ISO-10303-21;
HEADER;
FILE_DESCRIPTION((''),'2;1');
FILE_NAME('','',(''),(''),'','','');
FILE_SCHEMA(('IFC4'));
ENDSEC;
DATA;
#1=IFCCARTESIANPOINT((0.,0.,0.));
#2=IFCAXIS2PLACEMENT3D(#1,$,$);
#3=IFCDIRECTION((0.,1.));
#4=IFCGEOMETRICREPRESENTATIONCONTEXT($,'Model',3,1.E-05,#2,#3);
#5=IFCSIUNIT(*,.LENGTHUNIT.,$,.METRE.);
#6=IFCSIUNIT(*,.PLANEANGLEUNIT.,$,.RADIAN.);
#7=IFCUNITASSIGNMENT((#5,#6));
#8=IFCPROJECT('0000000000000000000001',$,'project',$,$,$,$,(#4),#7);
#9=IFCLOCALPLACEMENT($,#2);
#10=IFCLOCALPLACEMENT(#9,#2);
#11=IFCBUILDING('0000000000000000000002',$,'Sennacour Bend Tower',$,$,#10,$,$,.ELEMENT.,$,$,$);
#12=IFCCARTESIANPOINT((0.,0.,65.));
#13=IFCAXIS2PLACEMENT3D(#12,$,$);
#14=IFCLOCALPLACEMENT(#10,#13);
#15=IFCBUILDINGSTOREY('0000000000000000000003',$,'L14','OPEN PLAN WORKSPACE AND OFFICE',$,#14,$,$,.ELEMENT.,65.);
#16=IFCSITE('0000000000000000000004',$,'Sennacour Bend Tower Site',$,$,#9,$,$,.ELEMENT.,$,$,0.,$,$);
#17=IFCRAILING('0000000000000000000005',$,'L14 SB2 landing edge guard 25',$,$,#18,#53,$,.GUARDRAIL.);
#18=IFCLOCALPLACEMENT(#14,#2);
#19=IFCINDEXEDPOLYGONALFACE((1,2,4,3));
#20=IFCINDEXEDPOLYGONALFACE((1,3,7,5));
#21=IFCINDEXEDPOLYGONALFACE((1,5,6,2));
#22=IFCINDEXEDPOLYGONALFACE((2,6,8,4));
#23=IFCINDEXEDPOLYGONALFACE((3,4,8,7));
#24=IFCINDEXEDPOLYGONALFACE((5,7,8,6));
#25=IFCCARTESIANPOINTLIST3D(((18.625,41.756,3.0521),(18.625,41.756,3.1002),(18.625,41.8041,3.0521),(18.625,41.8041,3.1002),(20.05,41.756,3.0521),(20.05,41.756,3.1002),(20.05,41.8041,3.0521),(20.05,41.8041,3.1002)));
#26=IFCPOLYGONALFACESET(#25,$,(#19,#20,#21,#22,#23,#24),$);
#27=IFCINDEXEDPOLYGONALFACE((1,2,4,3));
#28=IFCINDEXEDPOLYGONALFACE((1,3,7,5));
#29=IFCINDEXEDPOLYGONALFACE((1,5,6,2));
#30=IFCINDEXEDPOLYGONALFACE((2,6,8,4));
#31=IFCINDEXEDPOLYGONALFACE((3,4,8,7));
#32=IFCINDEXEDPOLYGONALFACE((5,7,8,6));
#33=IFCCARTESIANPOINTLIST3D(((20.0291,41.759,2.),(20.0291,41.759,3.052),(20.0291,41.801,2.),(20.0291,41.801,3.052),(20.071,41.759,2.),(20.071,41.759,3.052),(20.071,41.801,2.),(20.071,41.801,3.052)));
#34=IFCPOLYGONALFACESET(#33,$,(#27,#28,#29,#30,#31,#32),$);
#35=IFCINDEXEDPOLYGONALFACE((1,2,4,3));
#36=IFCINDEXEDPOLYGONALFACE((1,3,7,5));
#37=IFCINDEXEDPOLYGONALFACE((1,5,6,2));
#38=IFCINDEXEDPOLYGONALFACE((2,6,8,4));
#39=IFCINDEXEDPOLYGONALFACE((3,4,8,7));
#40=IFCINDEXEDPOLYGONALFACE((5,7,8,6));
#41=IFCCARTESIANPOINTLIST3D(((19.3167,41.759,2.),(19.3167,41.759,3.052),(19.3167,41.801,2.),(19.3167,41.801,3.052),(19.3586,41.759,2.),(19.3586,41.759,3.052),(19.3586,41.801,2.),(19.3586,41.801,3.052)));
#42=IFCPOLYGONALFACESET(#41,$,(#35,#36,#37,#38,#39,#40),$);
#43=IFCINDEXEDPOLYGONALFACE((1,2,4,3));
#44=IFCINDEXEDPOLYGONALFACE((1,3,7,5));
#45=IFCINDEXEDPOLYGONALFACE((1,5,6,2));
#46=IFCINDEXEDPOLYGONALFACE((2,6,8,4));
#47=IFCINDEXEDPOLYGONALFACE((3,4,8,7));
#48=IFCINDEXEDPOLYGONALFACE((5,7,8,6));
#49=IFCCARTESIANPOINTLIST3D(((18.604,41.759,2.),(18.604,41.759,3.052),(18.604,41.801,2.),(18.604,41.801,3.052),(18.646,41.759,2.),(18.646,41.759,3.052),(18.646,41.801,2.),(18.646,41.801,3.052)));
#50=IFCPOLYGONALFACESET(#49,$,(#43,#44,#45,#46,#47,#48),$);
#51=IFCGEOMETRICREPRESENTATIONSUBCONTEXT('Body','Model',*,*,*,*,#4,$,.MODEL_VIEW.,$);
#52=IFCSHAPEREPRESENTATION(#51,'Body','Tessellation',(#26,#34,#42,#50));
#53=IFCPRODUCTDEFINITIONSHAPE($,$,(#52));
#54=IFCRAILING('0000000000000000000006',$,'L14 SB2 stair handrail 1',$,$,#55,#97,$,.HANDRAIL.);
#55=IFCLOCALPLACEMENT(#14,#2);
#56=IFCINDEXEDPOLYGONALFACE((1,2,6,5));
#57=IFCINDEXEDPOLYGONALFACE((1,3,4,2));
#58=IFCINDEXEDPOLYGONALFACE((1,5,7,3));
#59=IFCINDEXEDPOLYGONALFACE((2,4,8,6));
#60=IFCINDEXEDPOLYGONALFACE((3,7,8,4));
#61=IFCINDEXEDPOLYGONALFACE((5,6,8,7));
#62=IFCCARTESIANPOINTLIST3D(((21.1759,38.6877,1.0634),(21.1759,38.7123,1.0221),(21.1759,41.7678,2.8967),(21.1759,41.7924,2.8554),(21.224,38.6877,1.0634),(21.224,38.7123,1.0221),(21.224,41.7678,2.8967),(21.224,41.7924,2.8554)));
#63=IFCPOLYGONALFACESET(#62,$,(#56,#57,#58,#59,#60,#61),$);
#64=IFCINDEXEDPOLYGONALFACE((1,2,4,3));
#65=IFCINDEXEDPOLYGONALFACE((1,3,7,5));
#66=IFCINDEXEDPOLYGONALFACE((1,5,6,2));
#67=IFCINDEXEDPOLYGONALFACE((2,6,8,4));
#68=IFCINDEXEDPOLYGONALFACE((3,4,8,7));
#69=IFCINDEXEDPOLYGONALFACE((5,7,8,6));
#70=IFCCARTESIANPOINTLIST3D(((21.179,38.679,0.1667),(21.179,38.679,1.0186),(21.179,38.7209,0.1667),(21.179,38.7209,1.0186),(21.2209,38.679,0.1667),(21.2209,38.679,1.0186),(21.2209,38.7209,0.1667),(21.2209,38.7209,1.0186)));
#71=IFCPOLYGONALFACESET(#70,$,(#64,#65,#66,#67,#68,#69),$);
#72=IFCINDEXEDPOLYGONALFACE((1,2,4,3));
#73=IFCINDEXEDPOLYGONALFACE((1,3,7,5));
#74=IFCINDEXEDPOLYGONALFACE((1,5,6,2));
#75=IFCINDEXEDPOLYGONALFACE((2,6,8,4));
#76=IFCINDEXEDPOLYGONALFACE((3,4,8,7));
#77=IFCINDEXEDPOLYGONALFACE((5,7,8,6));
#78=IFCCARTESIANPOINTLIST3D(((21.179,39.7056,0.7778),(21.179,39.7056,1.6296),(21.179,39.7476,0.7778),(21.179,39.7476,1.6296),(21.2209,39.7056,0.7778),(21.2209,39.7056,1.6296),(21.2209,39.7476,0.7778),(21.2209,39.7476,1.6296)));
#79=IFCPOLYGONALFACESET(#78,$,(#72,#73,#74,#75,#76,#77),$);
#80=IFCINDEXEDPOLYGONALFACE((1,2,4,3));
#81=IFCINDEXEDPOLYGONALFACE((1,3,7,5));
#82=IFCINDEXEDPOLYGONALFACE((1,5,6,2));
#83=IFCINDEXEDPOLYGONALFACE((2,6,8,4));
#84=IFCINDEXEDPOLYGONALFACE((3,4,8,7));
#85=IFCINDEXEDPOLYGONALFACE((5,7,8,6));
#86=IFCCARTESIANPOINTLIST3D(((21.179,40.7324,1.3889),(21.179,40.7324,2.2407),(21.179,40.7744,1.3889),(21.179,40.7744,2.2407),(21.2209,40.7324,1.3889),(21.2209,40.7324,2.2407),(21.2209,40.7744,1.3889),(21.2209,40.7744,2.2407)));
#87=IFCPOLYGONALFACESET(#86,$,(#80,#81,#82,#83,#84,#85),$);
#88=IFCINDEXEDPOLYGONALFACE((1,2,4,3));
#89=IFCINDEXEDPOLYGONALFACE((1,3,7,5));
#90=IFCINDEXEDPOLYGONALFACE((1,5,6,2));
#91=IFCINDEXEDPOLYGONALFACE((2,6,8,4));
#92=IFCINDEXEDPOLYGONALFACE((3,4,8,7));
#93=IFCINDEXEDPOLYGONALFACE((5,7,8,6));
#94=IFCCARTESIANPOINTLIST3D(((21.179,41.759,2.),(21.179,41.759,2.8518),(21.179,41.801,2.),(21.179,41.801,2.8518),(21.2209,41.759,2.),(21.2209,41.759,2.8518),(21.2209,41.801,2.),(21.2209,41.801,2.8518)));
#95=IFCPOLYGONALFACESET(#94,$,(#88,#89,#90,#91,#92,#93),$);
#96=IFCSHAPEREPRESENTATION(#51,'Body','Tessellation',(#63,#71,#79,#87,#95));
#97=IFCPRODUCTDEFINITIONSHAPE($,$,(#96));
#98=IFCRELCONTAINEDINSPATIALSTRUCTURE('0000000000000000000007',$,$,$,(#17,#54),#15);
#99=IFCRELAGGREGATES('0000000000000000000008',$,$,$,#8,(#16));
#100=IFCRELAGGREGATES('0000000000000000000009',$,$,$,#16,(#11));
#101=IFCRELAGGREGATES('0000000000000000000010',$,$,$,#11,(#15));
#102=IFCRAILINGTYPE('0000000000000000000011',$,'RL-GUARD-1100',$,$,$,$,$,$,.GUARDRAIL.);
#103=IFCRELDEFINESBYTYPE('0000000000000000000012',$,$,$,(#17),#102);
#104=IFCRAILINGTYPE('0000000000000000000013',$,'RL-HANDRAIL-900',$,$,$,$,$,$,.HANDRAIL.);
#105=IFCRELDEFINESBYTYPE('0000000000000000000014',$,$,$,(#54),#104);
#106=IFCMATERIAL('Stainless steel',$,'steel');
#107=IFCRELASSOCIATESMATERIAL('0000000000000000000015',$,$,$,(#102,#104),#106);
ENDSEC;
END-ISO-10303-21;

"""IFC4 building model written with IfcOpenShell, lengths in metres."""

from ifc_helpers import new_model, si_unit, direction, frame, origin, origin_2d, place, context, subcontext, project, spatial, rectangle, extrude, material, type_object, element, save


model = new_model("IFC4")

# Units and contexts
model_context = context("Model", 3, precision=1e-05, world=origin(), true_north=direction((0.0, 1.0)))
body_context = subcontext(model_context, "Body", "Model", "MODEL_VIEW")
ifc_project = project(units=[si_unit("LENGTHUNIT", "METRE"), si_unit("PLANEANGLEUNIT", "RADIAN")], contexts=[model_context])

# Site, building, storey
site_placement = place(None, origin())
site = spatial("IfcSite", under=ifc_project, at=site_placement, Name="Sennacour Bend Tower Site", CompositionType="ELEMENT", RefElevation=0.0)
building_placement = place(site_placement, origin())
building = spatial("IfcBuilding", under=site, at=building_placement, Name="Sennacour Bend Tower", CompositionType="ELEMENT")
storey_placement = place(building_placement, frame((0.0, 0.0, 65.0)))
storey = spatial("IfcBuildingStorey", under=building, at=storey_placement, Name="L14", Description="OPEN PLAN WORKSPACE AND OFFICE", CompositionType="ELEMENT", Elevation=65.0)

# Railings
ifc_material_1 = material(Name="Stainless steel", Category="steel")
railing_type_1 = type_object("IfcRailingType", Name="RL-GUARD-1100", PredefinedType="GUARDRAIL", material=ifc_material_1)
railing_1_placement = place(storey_placement, frame((20.05, 41.78, 2.0)))
element("IfcRailing", 1, at=railing_1_placement, inside=storey, type_object=railing_type_1, Name="L14 SB2 landing edge guard 25", PredefinedType="GUARDRAIL", context=body_context, shape_type="SweptSolid", body=[
    extrude(rectangle(XDim=0.0481, YDim=0.0481, at=origin_2d()), frame((0.0, 0.0, 1.0762), z_axis=(-1.0, 0.0, 0.0), x_axis=(0.0, -1.0, 0.0)), (0.0, 0.0, 1.0), 1.425),
    extrude(rectangle(XDim=0.042, YDim=0.042, at=origin_2d()), origin(), (0.0, 0.0, 1.0), 1.052),
    extrude(rectangle(XDim=0.042, YDim=0.042, at=origin_2d()), frame((-0.7124, 0.0, 0.0)), (0.0, 0.0, 1.0), 1.052),
    extrude(rectangle(XDim=0.042, YDim=0.042, at=origin_2d()), frame((-1.425, 0.0, 0.0)), (0.0, 0.0, 1.0), 1.052),
])
railing_type_2 = type_object("IfcRailingType", Name="RL-HANDRAIL-900", PredefinedType="HANDRAIL", material=ifc_material_1)
railing_2_placement = place(storey_placement, frame((21.2, 38.7, 0.1667)))
element("IfcRailing", 2, at=railing_2_placement, inside=storey, type_object=railing_type_2, Name="L14 SB2 stair handrail 1", PredefinedType="HANDRAIL", context=body_context, shape_type="SweptSolid", body=[
    extrude(rectangle(XDim=0.0481, YDim=0.0481, at=origin_2d()), frame((0.0, 0.0, 0.876), z_axis=(0.0, 0.859309, 0.511458), x_axis=(-1.0, 0.0, 0.0)), (0.0, 0.0, 1.0), 3.5845),
    extrude(rectangle(XDim=0.042, YDim=0.042, at=origin_2d()), origin(), (0.0, 0.0, 1.0), 0.8518),
    extrude(rectangle(XDim=0.042, YDim=0.042, at=origin_2d()), frame((0.0, 1.0266, 0.6111)), (0.0, 0.0, 1.0), 0.8518),
    extrude(rectangle(XDim=0.042, YDim=0.042, at=origin_2d()), frame((0.0, 2.0535, 1.2222)), (0.0, 0.0, 1.0), 0.8518),
    extrude(rectangle(XDim=0.042, YDim=0.042, at=origin_2d()), frame((0.0, 3.0801, 1.8333)), (0.0, 0.0, 1.0), 0.8518),
])

save(model, "model.ifc")
